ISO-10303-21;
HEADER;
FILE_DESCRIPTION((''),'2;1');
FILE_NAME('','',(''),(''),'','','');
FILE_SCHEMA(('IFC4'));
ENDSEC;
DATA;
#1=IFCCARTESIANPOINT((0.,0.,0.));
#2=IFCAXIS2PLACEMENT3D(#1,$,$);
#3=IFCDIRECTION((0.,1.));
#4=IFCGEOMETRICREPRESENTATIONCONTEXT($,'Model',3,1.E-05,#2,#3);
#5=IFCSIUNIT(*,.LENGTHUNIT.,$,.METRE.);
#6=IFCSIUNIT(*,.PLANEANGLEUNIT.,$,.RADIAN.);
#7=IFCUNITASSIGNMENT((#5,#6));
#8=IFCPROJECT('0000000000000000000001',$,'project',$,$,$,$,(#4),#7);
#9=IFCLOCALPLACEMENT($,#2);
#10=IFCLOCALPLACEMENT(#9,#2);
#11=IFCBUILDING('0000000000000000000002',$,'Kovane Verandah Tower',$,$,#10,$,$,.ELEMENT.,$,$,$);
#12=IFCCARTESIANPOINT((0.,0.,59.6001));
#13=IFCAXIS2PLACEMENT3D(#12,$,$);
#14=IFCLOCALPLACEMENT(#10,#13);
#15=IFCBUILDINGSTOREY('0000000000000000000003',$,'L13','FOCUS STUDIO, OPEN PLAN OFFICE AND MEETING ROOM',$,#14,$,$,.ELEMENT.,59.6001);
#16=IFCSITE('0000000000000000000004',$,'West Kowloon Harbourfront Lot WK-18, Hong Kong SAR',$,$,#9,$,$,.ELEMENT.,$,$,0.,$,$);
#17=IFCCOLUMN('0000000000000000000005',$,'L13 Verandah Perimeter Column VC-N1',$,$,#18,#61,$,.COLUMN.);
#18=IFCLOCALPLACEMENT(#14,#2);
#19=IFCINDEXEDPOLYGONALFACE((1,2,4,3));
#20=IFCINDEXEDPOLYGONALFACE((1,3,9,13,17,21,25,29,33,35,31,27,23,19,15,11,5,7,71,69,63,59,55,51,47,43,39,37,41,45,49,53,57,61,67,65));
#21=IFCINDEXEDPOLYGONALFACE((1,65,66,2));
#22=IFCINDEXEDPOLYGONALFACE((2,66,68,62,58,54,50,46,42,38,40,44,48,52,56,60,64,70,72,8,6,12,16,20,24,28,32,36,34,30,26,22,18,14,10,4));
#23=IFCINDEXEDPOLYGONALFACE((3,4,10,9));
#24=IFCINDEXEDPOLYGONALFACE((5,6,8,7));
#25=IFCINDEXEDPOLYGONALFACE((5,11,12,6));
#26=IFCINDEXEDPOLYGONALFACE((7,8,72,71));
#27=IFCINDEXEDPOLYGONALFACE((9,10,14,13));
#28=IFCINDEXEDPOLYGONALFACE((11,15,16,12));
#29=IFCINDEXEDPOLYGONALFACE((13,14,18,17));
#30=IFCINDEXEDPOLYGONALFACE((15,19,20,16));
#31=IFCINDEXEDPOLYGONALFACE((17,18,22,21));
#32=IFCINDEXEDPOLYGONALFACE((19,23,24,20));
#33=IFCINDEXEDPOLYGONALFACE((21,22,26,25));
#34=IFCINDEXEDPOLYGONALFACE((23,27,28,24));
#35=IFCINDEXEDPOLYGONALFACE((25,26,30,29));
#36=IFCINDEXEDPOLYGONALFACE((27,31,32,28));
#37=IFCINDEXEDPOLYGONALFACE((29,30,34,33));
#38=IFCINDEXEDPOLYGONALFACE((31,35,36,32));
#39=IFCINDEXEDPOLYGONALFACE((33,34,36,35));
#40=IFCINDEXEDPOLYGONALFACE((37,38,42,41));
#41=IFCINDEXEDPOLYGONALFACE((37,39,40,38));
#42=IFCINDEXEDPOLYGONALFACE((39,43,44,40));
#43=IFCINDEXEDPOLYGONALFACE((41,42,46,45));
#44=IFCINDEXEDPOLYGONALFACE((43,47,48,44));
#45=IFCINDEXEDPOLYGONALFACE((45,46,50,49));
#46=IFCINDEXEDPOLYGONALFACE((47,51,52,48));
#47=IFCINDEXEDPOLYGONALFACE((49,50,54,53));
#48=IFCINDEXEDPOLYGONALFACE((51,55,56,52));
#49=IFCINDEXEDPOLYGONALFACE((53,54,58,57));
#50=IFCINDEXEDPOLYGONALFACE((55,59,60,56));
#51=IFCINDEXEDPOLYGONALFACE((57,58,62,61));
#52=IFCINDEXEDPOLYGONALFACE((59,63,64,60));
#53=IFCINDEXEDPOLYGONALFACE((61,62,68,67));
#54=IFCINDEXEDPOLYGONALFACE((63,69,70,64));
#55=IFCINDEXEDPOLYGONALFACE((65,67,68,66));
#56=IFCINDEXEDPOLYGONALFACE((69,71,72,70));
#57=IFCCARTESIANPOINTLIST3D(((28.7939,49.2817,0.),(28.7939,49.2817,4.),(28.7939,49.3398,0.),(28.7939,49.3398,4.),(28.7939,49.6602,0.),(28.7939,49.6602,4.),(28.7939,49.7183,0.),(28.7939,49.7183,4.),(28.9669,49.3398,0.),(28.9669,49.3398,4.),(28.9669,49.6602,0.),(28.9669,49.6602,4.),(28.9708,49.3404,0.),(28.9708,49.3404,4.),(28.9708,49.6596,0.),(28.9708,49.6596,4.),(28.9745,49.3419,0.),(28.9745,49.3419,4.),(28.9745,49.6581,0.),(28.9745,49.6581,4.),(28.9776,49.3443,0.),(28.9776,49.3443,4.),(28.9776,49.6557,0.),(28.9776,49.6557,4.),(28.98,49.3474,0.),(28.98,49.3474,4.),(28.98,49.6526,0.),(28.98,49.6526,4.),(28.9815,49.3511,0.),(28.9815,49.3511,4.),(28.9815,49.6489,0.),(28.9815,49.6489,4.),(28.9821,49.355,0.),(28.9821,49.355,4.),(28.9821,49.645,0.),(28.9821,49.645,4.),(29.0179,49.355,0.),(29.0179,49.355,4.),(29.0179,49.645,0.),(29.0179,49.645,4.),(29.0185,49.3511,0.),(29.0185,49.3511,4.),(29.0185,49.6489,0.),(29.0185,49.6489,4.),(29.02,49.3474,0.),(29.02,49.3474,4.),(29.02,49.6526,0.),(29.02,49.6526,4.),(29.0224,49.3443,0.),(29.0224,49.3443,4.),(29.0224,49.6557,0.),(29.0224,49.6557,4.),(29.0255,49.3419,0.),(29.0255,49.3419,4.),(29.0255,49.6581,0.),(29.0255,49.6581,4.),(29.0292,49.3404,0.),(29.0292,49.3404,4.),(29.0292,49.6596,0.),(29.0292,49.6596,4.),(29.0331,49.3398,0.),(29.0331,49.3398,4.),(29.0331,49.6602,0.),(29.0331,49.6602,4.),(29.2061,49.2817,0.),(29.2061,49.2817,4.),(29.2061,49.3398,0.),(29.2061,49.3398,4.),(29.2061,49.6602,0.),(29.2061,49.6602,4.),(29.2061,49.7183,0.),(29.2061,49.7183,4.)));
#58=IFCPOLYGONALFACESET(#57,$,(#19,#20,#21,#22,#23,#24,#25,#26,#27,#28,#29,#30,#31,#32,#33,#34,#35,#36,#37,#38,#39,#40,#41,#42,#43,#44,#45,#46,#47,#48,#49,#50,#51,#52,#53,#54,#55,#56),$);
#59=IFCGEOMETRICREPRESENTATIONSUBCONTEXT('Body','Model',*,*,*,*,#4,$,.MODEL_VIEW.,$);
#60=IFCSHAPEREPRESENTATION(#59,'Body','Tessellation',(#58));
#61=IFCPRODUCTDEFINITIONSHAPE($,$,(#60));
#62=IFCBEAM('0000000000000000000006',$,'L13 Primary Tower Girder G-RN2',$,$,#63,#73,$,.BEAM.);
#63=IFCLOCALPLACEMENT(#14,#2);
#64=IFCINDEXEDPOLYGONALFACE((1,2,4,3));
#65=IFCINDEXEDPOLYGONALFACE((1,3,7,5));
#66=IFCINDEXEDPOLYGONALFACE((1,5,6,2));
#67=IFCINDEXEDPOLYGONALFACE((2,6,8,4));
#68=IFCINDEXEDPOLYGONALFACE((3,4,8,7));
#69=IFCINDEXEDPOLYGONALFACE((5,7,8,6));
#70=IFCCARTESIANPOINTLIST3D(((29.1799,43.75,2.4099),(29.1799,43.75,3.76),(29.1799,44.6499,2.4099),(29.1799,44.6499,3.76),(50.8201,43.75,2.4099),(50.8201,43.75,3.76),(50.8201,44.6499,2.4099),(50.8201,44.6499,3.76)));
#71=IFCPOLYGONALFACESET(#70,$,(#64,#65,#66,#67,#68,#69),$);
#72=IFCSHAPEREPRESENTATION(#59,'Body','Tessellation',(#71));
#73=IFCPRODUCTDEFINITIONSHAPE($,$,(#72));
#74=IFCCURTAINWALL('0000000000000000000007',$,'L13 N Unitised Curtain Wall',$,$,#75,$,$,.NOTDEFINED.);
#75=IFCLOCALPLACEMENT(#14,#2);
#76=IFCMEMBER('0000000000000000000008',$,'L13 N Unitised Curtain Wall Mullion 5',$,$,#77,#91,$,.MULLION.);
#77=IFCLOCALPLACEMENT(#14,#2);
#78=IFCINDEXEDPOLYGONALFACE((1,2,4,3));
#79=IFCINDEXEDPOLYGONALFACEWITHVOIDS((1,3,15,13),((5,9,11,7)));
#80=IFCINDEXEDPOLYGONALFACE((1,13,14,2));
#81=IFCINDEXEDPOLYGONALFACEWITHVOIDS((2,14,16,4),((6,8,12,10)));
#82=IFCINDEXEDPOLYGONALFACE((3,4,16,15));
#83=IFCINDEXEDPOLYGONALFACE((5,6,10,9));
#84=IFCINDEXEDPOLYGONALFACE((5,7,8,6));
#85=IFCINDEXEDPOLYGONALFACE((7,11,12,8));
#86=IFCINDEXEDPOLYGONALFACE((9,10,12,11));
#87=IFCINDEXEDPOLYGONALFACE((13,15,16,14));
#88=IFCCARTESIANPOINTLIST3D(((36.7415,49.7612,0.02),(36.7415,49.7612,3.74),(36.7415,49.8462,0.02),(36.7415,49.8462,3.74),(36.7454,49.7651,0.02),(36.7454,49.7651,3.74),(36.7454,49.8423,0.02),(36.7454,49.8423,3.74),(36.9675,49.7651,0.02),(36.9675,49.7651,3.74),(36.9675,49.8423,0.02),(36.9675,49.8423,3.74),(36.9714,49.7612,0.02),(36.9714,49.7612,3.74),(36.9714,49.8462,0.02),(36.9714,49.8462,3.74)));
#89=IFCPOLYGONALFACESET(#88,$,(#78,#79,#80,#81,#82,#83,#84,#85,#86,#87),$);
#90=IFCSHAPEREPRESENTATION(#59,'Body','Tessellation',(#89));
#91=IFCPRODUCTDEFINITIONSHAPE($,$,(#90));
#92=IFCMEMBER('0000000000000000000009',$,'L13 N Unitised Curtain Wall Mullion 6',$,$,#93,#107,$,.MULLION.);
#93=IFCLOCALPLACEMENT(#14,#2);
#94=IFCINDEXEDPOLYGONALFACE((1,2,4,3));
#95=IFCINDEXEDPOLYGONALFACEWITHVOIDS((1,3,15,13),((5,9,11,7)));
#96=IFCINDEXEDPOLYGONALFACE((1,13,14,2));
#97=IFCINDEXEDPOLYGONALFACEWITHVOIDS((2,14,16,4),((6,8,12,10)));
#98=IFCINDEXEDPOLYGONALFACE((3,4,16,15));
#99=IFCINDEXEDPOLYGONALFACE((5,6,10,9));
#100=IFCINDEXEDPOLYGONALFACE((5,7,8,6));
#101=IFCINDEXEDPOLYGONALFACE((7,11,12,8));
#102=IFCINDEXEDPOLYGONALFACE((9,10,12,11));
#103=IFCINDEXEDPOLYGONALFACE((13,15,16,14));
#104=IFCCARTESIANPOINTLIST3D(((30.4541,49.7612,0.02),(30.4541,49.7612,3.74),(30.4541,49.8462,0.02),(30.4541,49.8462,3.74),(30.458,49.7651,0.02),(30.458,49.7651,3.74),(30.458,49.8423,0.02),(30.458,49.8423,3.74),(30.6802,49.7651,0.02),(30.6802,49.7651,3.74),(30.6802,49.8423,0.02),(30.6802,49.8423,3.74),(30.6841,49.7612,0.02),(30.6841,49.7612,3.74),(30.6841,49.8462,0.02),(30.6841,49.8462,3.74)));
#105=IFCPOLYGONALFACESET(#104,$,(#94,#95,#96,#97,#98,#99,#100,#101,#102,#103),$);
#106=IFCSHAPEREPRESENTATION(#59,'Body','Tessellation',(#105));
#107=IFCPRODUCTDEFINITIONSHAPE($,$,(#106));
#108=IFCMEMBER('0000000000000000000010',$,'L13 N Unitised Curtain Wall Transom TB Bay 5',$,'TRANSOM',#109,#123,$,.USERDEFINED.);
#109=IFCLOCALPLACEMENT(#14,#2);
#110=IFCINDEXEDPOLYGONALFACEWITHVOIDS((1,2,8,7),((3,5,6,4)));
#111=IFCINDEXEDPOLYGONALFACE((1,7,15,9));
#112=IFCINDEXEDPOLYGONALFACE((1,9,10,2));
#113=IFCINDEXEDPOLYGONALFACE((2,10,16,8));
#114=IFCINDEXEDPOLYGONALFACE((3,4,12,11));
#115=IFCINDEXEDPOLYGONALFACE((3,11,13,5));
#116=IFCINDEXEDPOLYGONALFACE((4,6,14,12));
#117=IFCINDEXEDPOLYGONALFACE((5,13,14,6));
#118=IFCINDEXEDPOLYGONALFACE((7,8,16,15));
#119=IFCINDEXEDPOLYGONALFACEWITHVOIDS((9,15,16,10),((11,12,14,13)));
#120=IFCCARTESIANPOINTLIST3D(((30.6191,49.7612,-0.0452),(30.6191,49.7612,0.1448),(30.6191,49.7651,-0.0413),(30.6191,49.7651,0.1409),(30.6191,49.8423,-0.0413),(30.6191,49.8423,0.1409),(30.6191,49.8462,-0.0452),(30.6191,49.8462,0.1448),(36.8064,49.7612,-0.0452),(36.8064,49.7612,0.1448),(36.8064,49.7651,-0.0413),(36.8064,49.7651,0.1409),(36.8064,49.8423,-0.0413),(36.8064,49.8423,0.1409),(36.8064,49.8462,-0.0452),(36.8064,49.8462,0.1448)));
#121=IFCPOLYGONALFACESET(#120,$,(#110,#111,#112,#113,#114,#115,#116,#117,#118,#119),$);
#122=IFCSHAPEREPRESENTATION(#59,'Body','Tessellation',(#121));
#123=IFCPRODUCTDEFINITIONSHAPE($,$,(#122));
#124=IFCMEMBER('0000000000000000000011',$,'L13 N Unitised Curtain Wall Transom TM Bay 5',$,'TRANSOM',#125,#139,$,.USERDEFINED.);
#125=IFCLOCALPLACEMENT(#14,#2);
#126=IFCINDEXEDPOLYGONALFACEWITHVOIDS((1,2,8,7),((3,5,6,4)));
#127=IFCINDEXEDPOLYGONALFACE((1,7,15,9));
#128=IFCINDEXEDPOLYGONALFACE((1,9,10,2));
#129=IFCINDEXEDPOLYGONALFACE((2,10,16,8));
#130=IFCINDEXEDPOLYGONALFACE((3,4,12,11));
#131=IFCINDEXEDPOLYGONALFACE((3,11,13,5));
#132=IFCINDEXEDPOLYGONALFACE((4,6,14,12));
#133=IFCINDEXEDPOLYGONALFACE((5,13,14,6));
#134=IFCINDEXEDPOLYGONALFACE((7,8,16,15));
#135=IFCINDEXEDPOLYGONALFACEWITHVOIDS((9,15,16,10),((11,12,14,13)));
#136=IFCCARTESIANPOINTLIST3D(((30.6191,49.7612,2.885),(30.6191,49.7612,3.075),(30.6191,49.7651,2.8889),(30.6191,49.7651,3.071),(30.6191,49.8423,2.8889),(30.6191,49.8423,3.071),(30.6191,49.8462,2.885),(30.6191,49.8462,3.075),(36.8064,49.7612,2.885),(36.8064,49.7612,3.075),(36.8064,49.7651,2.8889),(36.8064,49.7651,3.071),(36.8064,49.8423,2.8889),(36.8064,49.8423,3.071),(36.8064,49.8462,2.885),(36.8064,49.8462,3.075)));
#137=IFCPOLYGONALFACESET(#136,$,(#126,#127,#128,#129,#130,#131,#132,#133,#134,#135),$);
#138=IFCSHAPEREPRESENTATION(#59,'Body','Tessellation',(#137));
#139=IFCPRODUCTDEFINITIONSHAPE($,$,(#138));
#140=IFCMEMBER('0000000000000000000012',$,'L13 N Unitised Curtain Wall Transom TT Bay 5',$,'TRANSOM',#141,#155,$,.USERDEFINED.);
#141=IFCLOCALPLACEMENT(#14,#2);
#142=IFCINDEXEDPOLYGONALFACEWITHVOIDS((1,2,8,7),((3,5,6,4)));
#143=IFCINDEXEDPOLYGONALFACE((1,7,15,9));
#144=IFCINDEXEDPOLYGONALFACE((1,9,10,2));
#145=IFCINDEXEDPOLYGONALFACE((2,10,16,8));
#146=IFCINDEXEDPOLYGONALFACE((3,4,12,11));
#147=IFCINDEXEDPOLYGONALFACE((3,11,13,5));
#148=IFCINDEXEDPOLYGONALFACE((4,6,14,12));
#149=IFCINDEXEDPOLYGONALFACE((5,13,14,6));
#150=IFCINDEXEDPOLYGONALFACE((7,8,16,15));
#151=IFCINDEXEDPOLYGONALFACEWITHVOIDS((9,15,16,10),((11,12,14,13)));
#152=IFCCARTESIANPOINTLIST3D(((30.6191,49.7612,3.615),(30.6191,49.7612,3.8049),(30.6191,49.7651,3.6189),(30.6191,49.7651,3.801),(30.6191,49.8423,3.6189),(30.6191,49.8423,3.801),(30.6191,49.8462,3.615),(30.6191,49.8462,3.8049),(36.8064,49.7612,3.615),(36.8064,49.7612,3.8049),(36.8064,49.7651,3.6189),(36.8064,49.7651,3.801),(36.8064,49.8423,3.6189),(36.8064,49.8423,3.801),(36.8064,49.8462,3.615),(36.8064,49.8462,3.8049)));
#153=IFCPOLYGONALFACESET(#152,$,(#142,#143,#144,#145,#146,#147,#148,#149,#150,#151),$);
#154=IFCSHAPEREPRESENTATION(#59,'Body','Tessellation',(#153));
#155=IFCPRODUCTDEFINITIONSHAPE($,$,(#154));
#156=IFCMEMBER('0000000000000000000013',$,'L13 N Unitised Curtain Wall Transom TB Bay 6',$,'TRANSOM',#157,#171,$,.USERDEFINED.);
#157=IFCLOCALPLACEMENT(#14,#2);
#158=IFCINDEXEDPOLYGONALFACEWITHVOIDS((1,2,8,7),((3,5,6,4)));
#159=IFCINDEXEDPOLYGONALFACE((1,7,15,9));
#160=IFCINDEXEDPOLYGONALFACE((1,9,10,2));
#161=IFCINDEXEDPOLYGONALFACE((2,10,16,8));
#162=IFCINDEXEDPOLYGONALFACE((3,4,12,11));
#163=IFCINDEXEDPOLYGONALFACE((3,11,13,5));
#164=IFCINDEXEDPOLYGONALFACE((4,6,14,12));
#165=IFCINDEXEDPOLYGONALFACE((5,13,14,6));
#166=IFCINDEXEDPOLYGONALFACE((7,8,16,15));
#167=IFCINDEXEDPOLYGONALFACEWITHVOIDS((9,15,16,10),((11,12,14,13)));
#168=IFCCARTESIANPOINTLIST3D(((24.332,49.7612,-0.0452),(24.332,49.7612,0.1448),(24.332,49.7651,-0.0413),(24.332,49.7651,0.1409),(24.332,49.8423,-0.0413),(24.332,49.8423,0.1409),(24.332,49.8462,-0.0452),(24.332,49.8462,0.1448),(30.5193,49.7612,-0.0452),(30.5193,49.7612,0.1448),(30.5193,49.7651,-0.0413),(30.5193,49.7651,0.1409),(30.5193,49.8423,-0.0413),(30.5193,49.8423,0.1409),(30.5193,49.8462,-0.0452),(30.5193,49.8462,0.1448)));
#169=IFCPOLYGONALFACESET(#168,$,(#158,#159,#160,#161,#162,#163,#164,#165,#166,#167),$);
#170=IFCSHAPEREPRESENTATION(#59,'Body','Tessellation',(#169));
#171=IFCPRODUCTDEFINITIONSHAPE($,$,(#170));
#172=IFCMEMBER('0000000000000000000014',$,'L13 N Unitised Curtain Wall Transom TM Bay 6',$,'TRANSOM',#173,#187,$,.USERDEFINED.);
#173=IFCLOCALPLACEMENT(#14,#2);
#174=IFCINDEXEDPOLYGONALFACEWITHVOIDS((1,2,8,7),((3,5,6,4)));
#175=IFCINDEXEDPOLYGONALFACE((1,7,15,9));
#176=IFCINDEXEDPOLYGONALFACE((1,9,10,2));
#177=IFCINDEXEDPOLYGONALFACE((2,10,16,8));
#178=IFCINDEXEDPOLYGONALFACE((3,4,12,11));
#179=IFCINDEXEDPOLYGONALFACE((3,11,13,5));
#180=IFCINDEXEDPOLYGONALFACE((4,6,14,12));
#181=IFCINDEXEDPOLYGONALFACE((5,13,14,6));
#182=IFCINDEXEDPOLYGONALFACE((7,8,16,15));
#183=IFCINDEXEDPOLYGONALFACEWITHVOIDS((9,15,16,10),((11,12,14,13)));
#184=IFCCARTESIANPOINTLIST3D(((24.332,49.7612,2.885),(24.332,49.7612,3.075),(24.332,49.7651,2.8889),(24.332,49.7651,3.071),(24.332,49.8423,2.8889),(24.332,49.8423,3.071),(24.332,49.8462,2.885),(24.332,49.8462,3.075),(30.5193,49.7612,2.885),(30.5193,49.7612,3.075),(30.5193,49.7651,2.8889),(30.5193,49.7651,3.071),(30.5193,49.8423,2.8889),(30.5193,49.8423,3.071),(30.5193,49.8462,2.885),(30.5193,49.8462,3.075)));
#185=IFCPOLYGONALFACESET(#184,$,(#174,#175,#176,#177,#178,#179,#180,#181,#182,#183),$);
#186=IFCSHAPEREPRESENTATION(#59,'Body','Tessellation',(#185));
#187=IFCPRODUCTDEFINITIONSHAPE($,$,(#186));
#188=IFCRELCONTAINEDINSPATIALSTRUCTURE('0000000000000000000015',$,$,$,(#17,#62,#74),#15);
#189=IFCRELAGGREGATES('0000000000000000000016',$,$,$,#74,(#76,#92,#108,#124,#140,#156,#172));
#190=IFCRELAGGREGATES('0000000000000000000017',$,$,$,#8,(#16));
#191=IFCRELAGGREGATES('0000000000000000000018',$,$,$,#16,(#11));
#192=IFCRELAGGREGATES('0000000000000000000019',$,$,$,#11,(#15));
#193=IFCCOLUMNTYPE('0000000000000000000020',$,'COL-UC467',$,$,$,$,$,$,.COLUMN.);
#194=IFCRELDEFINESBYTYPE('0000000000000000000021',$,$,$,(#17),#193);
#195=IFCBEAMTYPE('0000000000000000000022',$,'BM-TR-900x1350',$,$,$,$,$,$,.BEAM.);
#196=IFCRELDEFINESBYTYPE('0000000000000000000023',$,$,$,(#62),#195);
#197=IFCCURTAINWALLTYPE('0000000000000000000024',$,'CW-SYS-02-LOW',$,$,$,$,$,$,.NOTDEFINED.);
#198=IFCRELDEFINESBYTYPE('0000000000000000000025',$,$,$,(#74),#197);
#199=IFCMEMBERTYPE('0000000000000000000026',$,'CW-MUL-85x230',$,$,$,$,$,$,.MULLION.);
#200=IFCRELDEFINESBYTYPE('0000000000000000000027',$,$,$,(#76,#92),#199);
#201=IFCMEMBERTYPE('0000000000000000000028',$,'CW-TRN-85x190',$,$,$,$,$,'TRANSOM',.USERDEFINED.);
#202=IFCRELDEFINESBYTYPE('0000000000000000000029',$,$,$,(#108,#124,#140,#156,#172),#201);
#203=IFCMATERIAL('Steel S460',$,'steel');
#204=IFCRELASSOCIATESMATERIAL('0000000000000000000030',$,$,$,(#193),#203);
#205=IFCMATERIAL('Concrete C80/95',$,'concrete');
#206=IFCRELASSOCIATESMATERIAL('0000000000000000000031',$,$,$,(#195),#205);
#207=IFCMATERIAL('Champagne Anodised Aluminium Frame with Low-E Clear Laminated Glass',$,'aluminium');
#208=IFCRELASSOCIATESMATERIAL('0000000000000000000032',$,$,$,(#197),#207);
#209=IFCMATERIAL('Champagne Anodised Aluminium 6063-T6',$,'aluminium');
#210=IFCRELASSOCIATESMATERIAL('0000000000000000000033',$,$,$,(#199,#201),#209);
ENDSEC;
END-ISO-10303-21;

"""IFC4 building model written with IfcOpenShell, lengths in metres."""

from ifc_helpers import new_model, si_unit, direction, frame, origin, origin_2d, place, context, subcontext, project, spatial, rectangle, hollow_rectangle, i_section, extrude, material, material_profile, profile_set, type_object, element, aggregate, save


model = new_model("IFC4")

# Units and contexts
model_context = context("Model", 3, precision=1e-05, world=origin(), true_north=direction((0.0, 1.0)))
body_context = subcontext(model_context, "Body", "Model", "MODEL_VIEW")
ifc_project = project(units=[si_unit("LENGTHUNIT", "METRE"), si_unit("PLANEANGLEUNIT", "RADIAN")], contexts=[model_context])

# Site, building, storey
site_placement = place(None, origin())
site = spatial("IfcSite", under=ifc_project, at=site_placement, Name="West Kowloon Harbourfront Lot WK-18, Hong Kong SAR", CompositionType="ELEMENT", RefElevation=0.0)
building_placement = place(site_placement, origin())
building = spatial("IfcBuilding", under=site, at=building_placement, Name="Kovane Verandah Tower", CompositionType="ELEMENT")
storey_placement = place(building_placement, frame((0.0, 0.0, 59.6001)))
storey = spatial("IfcBuildingStorey", under=building, at=storey_placement, Name="L13", Description="FOCUS STUDIO, OPEN PLAN OFFICE AND MEETING ROOM", CompositionType="ELEMENT", Elevation=59.6001)

# Column
ifc_material_1 = material(Name="Steel S460", Category="steel")
ifc_material_profile_1 = material_profile(ifc_material_1, i_section(OverallWidth=0.4121, OverallDepth=0.4365, WebThickness=0.0359, FlangeThickness=0.0581, FilletRadius=0.0151, at=origin_2d()), Name="UC356x406x467")
ifc_profile_set_1 = profile_set([ifc_material_profile_1], Name="Steel S460")
column_type = type_object("IfcColumnType", Name="COL-UC467", PredefinedType="COLUMN", material=ifc_profile_set_1)
column_placement = place(storey_placement, frame((29.0, 49.5, 0.0), z_axis=(0.0, 0.0, 1.0), x_axis=(1.0, 0.0, 0.0)))
element("IfcColumn", 1, at=column_placement, inside=storey, type_object=column_type, Name="L13 Verandah Perimeter Column VC-N1", PredefinedType="COLUMN", context=body_context, shape_type="SweptSolid", body=[
    extrude(i_section(OverallWidth=0.4121, OverallDepth=0.4365, WebThickness=0.0359, FlangeThickness=0.0581, FilletRadius=0.0151, at=origin_2d()), origin(), (0.0, 0.0, 1.0), 4.0),
])

# Beam
ifc_material_2 = material(Name="Concrete C80/95", Category="concrete")
ifc_material_profile_2 = material_profile(ifc_material_2, rectangle(XDim=0.8999, YDim=1.3501, at=origin_2d()), Name="RCB900x1350")
ifc_profile_set_2 = profile_set([ifc_material_profile_2], Name="Concrete C80/95")
beam_type_1 = type_object("IfcBeamType", Name="BM-TR-900x1350", PredefinedType="BEAM", material=ifc_profile_set_2)
beam_1_placement = place(storey_placement, frame((29.1799, 44.2, 3.085), z_axis=(1.0, 0.0, 0.0), x_axis=(0.0, 1.0, 0.0)))
element("IfcBeam", 2, at=beam_1_placement, inside=storey, type_object=beam_type_1, Name="L13 Primary Tower Girder G-RN2", PredefinedType="BEAM", context=body_context, shape_type="SweptSolid", body=[
    extrude(rectangle(XDim=0.8999, YDim=1.3501, at=origin_2d()), origin(), (0.0, 0.0, 1.0), 21.6401),
])

# Curtain wall, members
ifc_material_3 = material(Name="Champagne Anodised Aluminium Frame with Low-E Clear Laminated Glass", Category="aluminium")
curtain_wall_type = type_object("IfcCurtainWallType", Name="CW-SYS-02-LOW", PredefinedType="NOTDEFINED", material=ifc_material_3)
curtain_wall_placement = place(storey_placement, origin())
curtain_wall = element("IfcCurtainWall", 3, at=curtain_wall_placement, inside=storey, type_object=curtain_wall_type, Name="L13 N Unitised Curtain Wall", PredefinedType="NOTDEFINED")
ifc_material_4 = material(Name="Champagne Anodised Aluminium 6063-T6", Category="aluminium")
ifc_material_profile_3 = material_profile(ifc_material_4, hollow_rectangle(XDim=0.085, YDim=0.23, WallThickness=0.0039, at=origin_2d()), Name="AL85x230x4")
ifc_profile_set_3 = profile_set([ifc_material_profile_3], Name="Champagne Anodised Aluminium 6063-T6")
member_type_1 = type_object("IfcMemberType", Name="CW-MUL-85x230", PredefinedType="MULLION", material=ifc_profile_set_3)
member_1_placement = place(storey_placement, frame((36.8564, 49.8037, 0.02), z_axis=(0.0, 0.0, 1.0), x_axis=(0.0, 1.0, 0.0)))
member_1 = element("IfcMember", 4, at=member_1_placement, type_object=member_type_1, Name="L13 N Unitised Curtain Wall Mullion 5", PredefinedType="MULLION", context=body_context, shape_type="SweptSolid", body=[
    extrude(hollow_rectangle(XDim=0.085, YDim=0.23, WallThickness=0.0039, at=origin_2d()), origin(), (0.0, 0.0, 1.0), 3.72),
])
member_2_placement = place(storey_placement, frame((30.5691, 49.8037, 0.02), z_axis=(0.0, 0.0, 1.0), x_axis=(0.0, 1.0, 0.0)))
member_2 = element("IfcMember", 5, at=member_2_placement, type_object=member_type_1, Name="L13 N Unitised Curtain Wall Mullion 6", PredefinedType="MULLION", context=body_context, shape_type="SweptSolid", body=[
    extrude(hollow_rectangle(XDim=0.085, YDim=0.23, WallThickness=0.0039, at=origin_2d()), origin(), (0.0, 0.0, 1.0), 3.72),
])
ifc_material_profile_4 = material_profile(ifc_material_4, hollow_rectangle(XDim=0.085, YDim=0.1899, WallThickness=0.0039, at=origin_2d()), Name="AL85x190x4")
ifc_profile_set_4 = profile_set([ifc_material_profile_4], Name="Champagne Anodised Aluminium 6063-T6")
member_type_2 = type_object("IfcMemberType", Name="CW-TRN-85x190", ElementType="TRANSOM", PredefinedType="USERDEFINED", material=ifc_profile_set_4)
member_3_placement = place(storey_placement, frame((36.8064, 49.8037, 0.0498), z_axis=(-1.0, 0.0, 0.0), x_axis=(0.0, -1.0, 0.0)))
member_3 = element("IfcMember", 6, at=member_3_placement, type_object=member_type_2, Name="L13 N Unitised Curtain Wall Transom TB Bay 5", ObjectType="TRANSOM", PredefinedType="USERDEFINED", context=body_context, shape_type="SweptSolid", body=[
    extrude(hollow_rectangle(XDim=0.085, YDim=0.1899, WallThickness=0.0039, at=origin_2d()), origin(), (0.0, 0.0, 1.0), 6.1873),
])
member_4_placement = place(storey_placement, frame((36.8064, 49.8037, 2.98), z_axis=(-1.0, 0.0, 0.0), x_axis=(0.0, -1.0, 0.0)))
member_4 = element("IfcMember", 7, at=member_4_placement, type_object=member_type_2, Name="L13 N Unitised Curtain Wall Transom TM Bay 5", ObjectType="TRANSOM", PredefinedType="USERDEFINED", context=body_context, shape_type="SweptSolid", body=[
    extrude(hollow_rectangle(XDim=0.085, YDim=0.1899, WallThickness=0.0039, at=origin_2d()), origin(), (0.0, 0.0, 1.0), 6.1873),
])
member_5_placement = place(storey_placement, frame((36.8064, 49.8037, 3.71), z_axis=(-1.0, 0.0, 0.0), x_axis=(0.0, -1.0, 0.0)))
member_5 = element("IfcMember", 8, at=member_5_placement, type_object=member_type_2, Name="L13 N Unitised Curtain Wall Transom TT Bay 5", ObjectType="TRANSOM", PredefinedType="USERDEFINED", context=body_context, shape_type="SweptSolid", body=[
    extrude(hollow_rectangle(XDim=0.085, YDim=0.1899, WallThickness=0.0039, at=origin_2d()), origin(), (0.0, 0.0, 1.0), 6.1873),
])
member_6_placement = place(storey_placement, frame((30.5193, 49.8037, 0.0498), z_axis=(-1.0, 0.0, 0.0), x_axis=(0.0, -1.0, 0.0)))
member_6 = element("IfcMember", 9, at=member_6_placement, type_object=member_type_2, Name="L13 N Unitised Curtain Wall Transom TB Bay 6", ObjectType="TRANSOM", PredefinedType="USERDEFINED", context=body_context, shape_type="SweptSolid", body=[
    extrude(hollow_rectangle(XDim=0.085, YDim=0.1899, WallThickness=0.0039, at=origin_2d()), origin(), (0.0, 0.0, 1.0), 6.1873),
])
member_7_placement = place(storey_placement, frame((30.5193, 49.8037, 2.98), z_axis=(-1.0, 0.0, 0.0), x_axis=(0.0, -1.0, 0.0)))
member_7 = element("IfcMember", 10, at=member_7_placement, type_object=member_type_2, Name="L13 N Unitised Curtain Wall Transom TM Bay 6", ObjectType="TRANSOM", PredefinedType="USERDEFINED", context=body_context, shape_type="SweptSolid", body=[
    extrude(hollow_rectangle(XDim=0.085, YDim=0.1899, WallThickness=0.0039, at=origin_2d()), origin(), (0.0, 0.0, 1.0), 6.1873),
])

aggregate(curtain_wall, [member_1, member_2, member_3, member_4, member_5, member_6, member_7])

save(model, "model.ifc")
